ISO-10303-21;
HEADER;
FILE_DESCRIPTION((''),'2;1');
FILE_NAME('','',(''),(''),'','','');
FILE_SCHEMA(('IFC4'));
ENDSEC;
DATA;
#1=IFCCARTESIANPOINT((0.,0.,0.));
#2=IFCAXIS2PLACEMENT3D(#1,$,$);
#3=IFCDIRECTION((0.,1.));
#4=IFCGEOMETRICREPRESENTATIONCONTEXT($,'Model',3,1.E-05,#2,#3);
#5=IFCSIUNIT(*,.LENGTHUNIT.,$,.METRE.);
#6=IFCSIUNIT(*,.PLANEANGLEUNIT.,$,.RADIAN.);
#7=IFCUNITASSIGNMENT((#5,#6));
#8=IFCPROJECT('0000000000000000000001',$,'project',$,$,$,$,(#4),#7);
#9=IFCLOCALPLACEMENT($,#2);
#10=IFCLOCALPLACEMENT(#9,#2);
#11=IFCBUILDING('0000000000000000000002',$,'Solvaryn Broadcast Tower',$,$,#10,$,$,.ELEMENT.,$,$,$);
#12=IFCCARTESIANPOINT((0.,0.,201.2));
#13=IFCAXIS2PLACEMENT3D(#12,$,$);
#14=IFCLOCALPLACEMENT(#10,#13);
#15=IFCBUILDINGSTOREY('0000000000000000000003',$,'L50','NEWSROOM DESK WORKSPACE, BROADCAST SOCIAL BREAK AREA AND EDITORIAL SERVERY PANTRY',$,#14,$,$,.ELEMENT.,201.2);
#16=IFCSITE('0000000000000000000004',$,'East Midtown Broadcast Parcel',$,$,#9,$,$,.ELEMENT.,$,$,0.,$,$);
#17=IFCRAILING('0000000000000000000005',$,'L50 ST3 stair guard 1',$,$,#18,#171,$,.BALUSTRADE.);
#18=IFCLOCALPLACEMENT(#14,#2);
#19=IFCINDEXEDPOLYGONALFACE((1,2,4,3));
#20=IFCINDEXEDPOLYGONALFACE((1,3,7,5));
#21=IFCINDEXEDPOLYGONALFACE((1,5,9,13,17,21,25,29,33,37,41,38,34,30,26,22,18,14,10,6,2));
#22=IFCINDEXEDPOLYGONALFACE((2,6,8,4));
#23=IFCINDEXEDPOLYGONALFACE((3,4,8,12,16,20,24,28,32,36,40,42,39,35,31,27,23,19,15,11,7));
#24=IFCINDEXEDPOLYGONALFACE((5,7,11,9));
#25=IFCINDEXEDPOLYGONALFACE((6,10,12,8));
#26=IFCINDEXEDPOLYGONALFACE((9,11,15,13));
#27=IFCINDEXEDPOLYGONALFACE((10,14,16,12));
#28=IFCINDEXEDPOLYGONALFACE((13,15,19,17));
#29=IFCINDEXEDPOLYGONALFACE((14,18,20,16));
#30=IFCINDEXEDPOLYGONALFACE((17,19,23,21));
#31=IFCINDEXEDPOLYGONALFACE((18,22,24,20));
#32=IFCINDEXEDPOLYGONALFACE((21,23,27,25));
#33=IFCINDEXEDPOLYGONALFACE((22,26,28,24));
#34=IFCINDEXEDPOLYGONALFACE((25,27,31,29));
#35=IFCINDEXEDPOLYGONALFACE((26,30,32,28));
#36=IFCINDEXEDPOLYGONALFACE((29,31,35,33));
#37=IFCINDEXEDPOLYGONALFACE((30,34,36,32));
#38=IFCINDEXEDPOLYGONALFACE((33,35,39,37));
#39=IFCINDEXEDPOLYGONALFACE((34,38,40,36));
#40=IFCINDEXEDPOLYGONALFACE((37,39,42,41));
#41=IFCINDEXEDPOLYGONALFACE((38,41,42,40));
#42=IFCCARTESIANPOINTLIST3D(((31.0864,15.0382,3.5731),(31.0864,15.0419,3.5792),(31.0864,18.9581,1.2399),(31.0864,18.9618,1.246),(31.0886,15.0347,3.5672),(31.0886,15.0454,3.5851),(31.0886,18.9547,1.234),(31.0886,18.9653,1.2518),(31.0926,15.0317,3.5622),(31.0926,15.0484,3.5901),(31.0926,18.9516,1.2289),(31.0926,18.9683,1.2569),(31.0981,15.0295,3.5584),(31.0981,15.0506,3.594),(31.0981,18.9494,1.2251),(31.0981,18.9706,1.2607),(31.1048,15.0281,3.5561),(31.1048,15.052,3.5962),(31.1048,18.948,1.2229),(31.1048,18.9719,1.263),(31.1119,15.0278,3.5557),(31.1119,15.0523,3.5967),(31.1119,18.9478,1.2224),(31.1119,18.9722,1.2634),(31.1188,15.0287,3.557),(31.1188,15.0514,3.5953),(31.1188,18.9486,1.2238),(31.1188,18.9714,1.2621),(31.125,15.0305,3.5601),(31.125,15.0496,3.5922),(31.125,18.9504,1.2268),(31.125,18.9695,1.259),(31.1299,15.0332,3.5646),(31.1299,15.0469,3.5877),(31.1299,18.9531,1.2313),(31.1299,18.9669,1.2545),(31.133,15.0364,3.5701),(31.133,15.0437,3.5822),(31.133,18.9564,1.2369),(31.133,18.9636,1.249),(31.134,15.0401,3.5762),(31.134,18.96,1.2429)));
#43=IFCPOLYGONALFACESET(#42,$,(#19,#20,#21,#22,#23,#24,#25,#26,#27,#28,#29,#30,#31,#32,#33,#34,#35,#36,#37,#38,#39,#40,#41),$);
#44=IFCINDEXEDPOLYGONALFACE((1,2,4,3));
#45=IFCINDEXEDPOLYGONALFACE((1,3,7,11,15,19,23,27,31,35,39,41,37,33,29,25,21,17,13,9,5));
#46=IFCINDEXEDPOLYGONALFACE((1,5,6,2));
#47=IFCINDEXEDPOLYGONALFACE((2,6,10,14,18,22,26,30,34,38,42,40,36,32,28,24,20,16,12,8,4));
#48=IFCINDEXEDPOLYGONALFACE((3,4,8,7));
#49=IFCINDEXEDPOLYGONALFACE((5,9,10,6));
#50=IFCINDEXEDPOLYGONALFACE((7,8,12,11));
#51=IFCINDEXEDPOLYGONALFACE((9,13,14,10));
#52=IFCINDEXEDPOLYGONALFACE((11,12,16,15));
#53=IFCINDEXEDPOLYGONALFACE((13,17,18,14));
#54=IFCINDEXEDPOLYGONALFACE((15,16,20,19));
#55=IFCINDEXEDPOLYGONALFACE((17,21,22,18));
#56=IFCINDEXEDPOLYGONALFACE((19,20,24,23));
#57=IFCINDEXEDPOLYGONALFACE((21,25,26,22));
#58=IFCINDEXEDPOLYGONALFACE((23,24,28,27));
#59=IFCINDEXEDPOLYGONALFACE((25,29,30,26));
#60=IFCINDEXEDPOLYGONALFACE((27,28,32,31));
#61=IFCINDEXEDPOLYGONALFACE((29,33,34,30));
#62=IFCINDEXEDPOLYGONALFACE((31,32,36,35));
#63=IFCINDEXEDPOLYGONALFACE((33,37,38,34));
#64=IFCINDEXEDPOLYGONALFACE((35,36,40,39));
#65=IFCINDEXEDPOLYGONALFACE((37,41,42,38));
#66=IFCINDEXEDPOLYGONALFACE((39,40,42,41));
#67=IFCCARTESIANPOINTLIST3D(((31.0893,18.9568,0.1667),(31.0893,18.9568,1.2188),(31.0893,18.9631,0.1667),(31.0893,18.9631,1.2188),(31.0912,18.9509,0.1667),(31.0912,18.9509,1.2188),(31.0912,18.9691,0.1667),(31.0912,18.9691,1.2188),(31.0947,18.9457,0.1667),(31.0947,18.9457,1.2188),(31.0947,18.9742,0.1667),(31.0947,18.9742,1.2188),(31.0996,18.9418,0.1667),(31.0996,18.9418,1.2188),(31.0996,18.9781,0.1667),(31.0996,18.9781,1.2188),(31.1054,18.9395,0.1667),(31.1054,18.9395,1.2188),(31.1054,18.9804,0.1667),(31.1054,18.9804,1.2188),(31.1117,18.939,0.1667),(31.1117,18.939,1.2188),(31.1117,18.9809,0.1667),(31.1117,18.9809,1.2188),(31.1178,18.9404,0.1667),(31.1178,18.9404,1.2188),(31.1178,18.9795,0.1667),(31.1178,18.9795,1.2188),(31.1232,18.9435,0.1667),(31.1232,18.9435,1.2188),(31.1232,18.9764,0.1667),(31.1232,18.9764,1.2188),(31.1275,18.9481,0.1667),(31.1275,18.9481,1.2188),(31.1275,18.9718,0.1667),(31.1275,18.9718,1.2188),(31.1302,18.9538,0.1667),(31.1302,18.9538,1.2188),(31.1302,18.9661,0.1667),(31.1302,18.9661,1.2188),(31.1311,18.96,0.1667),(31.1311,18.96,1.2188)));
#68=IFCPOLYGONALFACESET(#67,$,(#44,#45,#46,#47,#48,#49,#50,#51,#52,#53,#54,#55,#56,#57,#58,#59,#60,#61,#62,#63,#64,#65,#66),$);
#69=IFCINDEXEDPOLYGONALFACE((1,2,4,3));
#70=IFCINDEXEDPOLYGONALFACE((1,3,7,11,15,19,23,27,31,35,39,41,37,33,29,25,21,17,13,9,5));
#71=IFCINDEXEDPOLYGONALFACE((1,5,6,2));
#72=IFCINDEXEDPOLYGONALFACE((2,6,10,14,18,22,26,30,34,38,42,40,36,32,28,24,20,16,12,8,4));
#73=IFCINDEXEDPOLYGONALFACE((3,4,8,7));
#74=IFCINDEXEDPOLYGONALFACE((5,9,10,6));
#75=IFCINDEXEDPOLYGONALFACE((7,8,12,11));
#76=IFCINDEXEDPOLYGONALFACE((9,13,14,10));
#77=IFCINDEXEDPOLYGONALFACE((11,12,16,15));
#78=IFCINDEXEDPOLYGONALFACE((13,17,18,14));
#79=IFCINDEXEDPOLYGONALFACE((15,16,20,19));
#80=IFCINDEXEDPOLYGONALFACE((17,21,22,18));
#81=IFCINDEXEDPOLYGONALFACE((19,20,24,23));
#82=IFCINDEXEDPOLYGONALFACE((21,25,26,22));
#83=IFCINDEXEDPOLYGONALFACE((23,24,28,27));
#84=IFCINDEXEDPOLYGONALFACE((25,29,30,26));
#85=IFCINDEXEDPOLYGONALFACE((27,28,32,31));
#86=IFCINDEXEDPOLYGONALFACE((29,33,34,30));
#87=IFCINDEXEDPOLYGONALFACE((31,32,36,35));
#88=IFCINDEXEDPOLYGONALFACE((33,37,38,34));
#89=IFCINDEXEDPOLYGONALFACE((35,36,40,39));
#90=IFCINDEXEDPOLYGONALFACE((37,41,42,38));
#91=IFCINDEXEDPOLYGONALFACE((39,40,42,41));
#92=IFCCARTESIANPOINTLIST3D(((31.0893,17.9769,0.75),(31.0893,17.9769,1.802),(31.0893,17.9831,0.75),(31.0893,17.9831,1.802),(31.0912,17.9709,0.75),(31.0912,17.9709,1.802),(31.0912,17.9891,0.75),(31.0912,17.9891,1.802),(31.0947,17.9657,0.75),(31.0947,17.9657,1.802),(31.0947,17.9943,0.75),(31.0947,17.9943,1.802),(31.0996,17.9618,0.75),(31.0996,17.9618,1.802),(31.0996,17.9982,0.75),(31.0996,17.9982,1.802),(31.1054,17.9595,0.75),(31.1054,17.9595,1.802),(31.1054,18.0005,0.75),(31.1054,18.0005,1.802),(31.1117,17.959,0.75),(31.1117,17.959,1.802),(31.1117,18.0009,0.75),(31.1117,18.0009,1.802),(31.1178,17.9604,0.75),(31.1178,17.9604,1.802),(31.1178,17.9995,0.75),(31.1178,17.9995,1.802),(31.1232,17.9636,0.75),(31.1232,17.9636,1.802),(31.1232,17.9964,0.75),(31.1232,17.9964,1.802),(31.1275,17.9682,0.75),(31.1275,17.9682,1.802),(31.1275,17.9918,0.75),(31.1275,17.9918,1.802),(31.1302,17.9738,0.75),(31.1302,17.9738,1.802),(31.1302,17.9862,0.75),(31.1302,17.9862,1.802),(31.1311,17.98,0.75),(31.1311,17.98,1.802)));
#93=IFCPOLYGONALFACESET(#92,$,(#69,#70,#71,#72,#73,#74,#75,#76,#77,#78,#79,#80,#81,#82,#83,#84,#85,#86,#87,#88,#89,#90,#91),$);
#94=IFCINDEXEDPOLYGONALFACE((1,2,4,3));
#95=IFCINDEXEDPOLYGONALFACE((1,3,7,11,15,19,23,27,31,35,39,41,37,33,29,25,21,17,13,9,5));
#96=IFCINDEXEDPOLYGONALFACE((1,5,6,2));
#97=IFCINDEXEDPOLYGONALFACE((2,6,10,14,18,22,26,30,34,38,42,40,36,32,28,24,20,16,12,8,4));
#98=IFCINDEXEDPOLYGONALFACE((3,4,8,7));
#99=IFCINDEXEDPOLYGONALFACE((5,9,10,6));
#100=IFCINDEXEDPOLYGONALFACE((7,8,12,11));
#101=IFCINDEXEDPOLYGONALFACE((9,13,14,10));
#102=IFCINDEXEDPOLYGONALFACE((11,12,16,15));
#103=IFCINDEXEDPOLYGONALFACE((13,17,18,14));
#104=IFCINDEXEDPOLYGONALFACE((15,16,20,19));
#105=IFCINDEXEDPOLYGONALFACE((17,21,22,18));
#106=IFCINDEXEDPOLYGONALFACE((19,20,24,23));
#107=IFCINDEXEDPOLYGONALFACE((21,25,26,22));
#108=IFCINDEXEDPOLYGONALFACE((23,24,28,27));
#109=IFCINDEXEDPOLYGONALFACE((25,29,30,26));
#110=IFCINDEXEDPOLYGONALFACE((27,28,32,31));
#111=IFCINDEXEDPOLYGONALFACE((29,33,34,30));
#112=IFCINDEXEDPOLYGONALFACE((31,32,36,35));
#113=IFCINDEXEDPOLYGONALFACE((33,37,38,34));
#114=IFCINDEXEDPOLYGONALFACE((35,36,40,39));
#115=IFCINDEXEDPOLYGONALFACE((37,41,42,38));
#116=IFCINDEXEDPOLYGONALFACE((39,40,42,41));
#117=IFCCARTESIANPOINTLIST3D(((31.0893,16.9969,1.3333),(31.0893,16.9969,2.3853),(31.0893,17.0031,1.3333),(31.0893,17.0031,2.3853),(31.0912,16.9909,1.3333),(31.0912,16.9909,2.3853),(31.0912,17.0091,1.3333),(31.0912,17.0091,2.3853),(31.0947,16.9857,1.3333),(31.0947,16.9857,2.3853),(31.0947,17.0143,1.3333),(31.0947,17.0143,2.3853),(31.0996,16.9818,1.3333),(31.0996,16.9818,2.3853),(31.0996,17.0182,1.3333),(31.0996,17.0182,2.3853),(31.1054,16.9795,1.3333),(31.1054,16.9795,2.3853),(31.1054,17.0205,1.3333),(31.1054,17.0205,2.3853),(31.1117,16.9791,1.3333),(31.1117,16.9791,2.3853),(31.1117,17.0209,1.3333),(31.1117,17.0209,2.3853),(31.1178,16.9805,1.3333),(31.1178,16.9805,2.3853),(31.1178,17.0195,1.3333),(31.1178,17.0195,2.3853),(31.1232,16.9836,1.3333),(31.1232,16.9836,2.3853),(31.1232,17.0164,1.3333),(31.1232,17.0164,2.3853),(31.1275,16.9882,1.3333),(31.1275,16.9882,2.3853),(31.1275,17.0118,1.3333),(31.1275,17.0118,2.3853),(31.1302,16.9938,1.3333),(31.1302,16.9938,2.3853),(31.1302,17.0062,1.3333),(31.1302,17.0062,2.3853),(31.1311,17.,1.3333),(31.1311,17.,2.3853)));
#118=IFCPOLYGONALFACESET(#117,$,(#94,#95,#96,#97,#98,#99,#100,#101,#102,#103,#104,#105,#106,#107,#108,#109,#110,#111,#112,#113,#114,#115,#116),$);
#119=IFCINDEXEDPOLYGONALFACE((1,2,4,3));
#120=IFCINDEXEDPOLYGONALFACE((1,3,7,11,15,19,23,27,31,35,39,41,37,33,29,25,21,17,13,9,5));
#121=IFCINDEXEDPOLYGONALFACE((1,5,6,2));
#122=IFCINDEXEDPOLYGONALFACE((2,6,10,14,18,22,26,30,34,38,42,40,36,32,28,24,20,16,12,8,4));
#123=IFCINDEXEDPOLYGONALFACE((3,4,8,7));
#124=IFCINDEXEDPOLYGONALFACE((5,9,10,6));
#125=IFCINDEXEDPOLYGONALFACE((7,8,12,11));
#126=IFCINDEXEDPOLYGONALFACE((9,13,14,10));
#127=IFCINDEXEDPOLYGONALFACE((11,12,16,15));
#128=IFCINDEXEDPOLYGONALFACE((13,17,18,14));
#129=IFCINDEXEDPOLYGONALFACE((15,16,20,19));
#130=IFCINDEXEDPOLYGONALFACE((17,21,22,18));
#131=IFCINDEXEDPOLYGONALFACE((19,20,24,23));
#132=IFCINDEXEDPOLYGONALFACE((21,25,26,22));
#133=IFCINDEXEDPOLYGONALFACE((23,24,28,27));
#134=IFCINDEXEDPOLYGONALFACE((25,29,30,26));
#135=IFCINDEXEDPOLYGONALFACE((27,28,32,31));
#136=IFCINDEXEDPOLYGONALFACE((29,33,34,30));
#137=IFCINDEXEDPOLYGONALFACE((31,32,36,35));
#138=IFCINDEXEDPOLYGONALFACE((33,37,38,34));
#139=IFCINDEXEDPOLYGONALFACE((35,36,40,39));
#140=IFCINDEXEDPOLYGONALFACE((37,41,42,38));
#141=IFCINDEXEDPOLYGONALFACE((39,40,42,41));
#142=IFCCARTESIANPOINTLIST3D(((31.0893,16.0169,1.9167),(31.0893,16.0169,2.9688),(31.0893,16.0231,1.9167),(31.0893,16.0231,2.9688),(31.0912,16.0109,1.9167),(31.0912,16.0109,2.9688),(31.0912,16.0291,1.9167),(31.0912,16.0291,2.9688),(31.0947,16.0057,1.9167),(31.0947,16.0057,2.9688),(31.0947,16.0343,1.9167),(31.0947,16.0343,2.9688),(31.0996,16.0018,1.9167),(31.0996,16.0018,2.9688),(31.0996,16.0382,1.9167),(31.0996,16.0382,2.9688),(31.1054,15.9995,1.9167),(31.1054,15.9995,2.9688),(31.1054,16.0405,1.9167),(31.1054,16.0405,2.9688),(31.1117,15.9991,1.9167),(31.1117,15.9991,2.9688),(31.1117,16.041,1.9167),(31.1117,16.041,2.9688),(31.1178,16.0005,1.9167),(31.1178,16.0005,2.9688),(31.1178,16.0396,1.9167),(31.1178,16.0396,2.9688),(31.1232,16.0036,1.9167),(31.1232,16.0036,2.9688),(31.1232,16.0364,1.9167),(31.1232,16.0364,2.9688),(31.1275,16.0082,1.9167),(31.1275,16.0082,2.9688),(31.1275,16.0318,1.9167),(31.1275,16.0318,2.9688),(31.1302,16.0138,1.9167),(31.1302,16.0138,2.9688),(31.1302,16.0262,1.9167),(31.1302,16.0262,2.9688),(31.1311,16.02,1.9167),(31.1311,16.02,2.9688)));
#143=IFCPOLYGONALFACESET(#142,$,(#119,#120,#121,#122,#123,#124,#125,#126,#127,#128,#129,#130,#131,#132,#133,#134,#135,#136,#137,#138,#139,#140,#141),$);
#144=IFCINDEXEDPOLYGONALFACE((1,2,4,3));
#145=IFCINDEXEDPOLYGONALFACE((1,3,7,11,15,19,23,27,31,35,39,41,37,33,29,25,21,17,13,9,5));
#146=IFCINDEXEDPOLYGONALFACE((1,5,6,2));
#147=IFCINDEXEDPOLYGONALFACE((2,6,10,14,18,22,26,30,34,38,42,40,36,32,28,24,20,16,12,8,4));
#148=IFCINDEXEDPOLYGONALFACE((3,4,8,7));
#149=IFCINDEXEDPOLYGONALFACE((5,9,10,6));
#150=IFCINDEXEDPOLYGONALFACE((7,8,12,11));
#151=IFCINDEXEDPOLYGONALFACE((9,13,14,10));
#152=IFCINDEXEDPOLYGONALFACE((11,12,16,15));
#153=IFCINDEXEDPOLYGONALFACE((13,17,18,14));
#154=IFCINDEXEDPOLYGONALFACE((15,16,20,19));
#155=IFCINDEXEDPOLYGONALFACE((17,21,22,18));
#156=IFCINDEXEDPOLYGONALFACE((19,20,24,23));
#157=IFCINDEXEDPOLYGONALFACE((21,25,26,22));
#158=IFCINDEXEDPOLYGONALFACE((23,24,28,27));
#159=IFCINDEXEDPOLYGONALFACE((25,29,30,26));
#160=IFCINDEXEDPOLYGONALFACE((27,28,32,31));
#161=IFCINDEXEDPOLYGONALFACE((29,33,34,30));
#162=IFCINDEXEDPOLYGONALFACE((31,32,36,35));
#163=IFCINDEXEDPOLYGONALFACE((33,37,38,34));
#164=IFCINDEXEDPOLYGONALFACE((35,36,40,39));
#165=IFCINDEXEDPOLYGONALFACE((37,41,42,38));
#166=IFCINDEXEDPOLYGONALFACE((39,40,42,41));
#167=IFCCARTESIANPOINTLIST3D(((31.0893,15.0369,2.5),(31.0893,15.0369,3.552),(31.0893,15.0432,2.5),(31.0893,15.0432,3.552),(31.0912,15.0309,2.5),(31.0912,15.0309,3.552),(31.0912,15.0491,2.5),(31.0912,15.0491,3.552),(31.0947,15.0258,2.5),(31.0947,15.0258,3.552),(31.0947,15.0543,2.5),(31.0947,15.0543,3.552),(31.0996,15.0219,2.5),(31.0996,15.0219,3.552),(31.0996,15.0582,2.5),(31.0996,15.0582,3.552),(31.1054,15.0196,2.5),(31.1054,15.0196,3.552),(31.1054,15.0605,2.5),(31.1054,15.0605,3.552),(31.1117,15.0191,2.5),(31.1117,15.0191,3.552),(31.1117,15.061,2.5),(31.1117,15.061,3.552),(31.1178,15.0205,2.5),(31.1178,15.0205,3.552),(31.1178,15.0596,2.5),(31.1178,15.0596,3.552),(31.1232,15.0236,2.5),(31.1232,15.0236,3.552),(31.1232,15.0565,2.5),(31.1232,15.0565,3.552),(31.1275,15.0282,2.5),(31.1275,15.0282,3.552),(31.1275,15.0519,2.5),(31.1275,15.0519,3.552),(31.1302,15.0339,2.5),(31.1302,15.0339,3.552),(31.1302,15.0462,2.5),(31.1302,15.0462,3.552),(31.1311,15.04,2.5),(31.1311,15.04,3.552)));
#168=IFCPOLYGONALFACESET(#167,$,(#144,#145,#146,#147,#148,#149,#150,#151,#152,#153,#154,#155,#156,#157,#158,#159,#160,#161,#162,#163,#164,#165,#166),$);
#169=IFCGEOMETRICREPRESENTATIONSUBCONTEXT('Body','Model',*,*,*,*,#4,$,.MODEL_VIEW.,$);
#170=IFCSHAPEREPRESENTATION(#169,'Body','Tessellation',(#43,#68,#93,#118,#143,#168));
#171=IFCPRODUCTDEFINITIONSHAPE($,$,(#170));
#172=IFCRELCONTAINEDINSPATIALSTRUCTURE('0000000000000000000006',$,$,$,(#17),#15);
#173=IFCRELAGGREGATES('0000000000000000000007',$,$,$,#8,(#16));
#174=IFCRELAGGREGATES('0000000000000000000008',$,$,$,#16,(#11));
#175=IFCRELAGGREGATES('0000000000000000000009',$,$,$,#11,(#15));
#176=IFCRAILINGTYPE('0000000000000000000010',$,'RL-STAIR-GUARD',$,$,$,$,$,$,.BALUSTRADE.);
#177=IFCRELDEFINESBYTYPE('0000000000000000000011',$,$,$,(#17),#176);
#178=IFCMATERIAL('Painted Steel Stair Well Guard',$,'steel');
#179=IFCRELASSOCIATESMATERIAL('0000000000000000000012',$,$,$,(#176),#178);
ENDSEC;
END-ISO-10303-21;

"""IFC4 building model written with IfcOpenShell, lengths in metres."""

from ifc_helpers import new_model, si_unit, direction, frame, origin, origin_2d, place, context, subcontext, project, spatial, circle, extrude, material, type_object, element, save


model = new_model("IFC4")

# Units and contexts
model_context = context("Model", 3, precision=1e-05, world=origin(), true_north=direction((0.0, 1.0)))
body_context = subcontext(model_context, "Body", "Model", "MODEL_VIEW")
ifc_project = project(units=[si_unit("LENGTHUNIT", "METRE"), si_unit("PLANEANGLEUNIT", "RADIAN")], contexts=[model_context])

# Site, building, storey
site_placement = place(None, origin())
site = spatial("IfcSite", under=ifc_project, at=site_placement, Name="East Midtown Broadcast Parcel", CompositionType="ELEMENT", RefElevation=0.0)
building_placement = place(site_placement, origin())
building = spatial("IfcBuilding", under=site, at=building_placement, Name="Solvaryn Broadcast Tower", CompositionType="ELEMENT")
storey_placement = place(building_placement, frame((0.0, 0.0, 201.2)))
storey = spatial("IfcBuildingStorey", under=building, at=storey_placement, Name="L50", Description="NEWSROOM DESK WORKSPACE, BROADCAST SOCIAL BREAK AREA AND EDITORIAL SERVERY PANTRY", CompositionType="ELEMENT", Elevation=201.2)

# Railing
ifc_material_1 = material(Name="Painted Steel Stair Well Guard", Category="steel")
railing_type_1 = type_object("IfcRailingType", Name="RL-STAIR-GUARD", PredefinedType="BALUSTRADE", material=ifc_material_1)
railing_1_placement = place(storey_placement, frame((31.1101, 18.96, 0.1667)))
element("IfcRailing", 1, at=railing_1_placement, inside=storey, type_object=railing_type_1, Name="L50 ST3 stair guard 1", PredefinedType="BALUSTRADE", context=body_context, shape_type="SweptSolid", body=[
    extrude(circle(Radius=0.0239, at=origin_2d()), frame((0.0, 0.0, 1.0762), z_axis=(0.0, -0.859296, 0.511478), x_axis=(1.0, 0.0, 0.0)), (0.0, 0.0, 1.0), 4.5618),
    extrude(circle(Radius=0.021, at=origin_2d()), origin(), (0.0, 0.0, 1.0), 1.052),
    extrude(circle(Radius=0.021, at=origin_2d()), frame((0.0, -0.98, 0.5833)), (0.0, 0.0, 1.0), 1.052),
    extrude(circle(Radius=0.021, at=origin_2d()), frame((0.0, -1.96, 1.1665)), (0.0, 0.0, 1.0), 1.052),
    extrude(circle(Radius=0.021, at=origin_2d()), frame((0.0, -2.9399, 1.75)), (0.0, 0.0, 1.0), 1.052),
    extrude(circle(Radius=0.021, at=origin_2d()), frame((0.0, -3.9199, 2.3333)), (0.0, 0.0, 1.0), 1.052),
])

save(model, "model.ifc")
